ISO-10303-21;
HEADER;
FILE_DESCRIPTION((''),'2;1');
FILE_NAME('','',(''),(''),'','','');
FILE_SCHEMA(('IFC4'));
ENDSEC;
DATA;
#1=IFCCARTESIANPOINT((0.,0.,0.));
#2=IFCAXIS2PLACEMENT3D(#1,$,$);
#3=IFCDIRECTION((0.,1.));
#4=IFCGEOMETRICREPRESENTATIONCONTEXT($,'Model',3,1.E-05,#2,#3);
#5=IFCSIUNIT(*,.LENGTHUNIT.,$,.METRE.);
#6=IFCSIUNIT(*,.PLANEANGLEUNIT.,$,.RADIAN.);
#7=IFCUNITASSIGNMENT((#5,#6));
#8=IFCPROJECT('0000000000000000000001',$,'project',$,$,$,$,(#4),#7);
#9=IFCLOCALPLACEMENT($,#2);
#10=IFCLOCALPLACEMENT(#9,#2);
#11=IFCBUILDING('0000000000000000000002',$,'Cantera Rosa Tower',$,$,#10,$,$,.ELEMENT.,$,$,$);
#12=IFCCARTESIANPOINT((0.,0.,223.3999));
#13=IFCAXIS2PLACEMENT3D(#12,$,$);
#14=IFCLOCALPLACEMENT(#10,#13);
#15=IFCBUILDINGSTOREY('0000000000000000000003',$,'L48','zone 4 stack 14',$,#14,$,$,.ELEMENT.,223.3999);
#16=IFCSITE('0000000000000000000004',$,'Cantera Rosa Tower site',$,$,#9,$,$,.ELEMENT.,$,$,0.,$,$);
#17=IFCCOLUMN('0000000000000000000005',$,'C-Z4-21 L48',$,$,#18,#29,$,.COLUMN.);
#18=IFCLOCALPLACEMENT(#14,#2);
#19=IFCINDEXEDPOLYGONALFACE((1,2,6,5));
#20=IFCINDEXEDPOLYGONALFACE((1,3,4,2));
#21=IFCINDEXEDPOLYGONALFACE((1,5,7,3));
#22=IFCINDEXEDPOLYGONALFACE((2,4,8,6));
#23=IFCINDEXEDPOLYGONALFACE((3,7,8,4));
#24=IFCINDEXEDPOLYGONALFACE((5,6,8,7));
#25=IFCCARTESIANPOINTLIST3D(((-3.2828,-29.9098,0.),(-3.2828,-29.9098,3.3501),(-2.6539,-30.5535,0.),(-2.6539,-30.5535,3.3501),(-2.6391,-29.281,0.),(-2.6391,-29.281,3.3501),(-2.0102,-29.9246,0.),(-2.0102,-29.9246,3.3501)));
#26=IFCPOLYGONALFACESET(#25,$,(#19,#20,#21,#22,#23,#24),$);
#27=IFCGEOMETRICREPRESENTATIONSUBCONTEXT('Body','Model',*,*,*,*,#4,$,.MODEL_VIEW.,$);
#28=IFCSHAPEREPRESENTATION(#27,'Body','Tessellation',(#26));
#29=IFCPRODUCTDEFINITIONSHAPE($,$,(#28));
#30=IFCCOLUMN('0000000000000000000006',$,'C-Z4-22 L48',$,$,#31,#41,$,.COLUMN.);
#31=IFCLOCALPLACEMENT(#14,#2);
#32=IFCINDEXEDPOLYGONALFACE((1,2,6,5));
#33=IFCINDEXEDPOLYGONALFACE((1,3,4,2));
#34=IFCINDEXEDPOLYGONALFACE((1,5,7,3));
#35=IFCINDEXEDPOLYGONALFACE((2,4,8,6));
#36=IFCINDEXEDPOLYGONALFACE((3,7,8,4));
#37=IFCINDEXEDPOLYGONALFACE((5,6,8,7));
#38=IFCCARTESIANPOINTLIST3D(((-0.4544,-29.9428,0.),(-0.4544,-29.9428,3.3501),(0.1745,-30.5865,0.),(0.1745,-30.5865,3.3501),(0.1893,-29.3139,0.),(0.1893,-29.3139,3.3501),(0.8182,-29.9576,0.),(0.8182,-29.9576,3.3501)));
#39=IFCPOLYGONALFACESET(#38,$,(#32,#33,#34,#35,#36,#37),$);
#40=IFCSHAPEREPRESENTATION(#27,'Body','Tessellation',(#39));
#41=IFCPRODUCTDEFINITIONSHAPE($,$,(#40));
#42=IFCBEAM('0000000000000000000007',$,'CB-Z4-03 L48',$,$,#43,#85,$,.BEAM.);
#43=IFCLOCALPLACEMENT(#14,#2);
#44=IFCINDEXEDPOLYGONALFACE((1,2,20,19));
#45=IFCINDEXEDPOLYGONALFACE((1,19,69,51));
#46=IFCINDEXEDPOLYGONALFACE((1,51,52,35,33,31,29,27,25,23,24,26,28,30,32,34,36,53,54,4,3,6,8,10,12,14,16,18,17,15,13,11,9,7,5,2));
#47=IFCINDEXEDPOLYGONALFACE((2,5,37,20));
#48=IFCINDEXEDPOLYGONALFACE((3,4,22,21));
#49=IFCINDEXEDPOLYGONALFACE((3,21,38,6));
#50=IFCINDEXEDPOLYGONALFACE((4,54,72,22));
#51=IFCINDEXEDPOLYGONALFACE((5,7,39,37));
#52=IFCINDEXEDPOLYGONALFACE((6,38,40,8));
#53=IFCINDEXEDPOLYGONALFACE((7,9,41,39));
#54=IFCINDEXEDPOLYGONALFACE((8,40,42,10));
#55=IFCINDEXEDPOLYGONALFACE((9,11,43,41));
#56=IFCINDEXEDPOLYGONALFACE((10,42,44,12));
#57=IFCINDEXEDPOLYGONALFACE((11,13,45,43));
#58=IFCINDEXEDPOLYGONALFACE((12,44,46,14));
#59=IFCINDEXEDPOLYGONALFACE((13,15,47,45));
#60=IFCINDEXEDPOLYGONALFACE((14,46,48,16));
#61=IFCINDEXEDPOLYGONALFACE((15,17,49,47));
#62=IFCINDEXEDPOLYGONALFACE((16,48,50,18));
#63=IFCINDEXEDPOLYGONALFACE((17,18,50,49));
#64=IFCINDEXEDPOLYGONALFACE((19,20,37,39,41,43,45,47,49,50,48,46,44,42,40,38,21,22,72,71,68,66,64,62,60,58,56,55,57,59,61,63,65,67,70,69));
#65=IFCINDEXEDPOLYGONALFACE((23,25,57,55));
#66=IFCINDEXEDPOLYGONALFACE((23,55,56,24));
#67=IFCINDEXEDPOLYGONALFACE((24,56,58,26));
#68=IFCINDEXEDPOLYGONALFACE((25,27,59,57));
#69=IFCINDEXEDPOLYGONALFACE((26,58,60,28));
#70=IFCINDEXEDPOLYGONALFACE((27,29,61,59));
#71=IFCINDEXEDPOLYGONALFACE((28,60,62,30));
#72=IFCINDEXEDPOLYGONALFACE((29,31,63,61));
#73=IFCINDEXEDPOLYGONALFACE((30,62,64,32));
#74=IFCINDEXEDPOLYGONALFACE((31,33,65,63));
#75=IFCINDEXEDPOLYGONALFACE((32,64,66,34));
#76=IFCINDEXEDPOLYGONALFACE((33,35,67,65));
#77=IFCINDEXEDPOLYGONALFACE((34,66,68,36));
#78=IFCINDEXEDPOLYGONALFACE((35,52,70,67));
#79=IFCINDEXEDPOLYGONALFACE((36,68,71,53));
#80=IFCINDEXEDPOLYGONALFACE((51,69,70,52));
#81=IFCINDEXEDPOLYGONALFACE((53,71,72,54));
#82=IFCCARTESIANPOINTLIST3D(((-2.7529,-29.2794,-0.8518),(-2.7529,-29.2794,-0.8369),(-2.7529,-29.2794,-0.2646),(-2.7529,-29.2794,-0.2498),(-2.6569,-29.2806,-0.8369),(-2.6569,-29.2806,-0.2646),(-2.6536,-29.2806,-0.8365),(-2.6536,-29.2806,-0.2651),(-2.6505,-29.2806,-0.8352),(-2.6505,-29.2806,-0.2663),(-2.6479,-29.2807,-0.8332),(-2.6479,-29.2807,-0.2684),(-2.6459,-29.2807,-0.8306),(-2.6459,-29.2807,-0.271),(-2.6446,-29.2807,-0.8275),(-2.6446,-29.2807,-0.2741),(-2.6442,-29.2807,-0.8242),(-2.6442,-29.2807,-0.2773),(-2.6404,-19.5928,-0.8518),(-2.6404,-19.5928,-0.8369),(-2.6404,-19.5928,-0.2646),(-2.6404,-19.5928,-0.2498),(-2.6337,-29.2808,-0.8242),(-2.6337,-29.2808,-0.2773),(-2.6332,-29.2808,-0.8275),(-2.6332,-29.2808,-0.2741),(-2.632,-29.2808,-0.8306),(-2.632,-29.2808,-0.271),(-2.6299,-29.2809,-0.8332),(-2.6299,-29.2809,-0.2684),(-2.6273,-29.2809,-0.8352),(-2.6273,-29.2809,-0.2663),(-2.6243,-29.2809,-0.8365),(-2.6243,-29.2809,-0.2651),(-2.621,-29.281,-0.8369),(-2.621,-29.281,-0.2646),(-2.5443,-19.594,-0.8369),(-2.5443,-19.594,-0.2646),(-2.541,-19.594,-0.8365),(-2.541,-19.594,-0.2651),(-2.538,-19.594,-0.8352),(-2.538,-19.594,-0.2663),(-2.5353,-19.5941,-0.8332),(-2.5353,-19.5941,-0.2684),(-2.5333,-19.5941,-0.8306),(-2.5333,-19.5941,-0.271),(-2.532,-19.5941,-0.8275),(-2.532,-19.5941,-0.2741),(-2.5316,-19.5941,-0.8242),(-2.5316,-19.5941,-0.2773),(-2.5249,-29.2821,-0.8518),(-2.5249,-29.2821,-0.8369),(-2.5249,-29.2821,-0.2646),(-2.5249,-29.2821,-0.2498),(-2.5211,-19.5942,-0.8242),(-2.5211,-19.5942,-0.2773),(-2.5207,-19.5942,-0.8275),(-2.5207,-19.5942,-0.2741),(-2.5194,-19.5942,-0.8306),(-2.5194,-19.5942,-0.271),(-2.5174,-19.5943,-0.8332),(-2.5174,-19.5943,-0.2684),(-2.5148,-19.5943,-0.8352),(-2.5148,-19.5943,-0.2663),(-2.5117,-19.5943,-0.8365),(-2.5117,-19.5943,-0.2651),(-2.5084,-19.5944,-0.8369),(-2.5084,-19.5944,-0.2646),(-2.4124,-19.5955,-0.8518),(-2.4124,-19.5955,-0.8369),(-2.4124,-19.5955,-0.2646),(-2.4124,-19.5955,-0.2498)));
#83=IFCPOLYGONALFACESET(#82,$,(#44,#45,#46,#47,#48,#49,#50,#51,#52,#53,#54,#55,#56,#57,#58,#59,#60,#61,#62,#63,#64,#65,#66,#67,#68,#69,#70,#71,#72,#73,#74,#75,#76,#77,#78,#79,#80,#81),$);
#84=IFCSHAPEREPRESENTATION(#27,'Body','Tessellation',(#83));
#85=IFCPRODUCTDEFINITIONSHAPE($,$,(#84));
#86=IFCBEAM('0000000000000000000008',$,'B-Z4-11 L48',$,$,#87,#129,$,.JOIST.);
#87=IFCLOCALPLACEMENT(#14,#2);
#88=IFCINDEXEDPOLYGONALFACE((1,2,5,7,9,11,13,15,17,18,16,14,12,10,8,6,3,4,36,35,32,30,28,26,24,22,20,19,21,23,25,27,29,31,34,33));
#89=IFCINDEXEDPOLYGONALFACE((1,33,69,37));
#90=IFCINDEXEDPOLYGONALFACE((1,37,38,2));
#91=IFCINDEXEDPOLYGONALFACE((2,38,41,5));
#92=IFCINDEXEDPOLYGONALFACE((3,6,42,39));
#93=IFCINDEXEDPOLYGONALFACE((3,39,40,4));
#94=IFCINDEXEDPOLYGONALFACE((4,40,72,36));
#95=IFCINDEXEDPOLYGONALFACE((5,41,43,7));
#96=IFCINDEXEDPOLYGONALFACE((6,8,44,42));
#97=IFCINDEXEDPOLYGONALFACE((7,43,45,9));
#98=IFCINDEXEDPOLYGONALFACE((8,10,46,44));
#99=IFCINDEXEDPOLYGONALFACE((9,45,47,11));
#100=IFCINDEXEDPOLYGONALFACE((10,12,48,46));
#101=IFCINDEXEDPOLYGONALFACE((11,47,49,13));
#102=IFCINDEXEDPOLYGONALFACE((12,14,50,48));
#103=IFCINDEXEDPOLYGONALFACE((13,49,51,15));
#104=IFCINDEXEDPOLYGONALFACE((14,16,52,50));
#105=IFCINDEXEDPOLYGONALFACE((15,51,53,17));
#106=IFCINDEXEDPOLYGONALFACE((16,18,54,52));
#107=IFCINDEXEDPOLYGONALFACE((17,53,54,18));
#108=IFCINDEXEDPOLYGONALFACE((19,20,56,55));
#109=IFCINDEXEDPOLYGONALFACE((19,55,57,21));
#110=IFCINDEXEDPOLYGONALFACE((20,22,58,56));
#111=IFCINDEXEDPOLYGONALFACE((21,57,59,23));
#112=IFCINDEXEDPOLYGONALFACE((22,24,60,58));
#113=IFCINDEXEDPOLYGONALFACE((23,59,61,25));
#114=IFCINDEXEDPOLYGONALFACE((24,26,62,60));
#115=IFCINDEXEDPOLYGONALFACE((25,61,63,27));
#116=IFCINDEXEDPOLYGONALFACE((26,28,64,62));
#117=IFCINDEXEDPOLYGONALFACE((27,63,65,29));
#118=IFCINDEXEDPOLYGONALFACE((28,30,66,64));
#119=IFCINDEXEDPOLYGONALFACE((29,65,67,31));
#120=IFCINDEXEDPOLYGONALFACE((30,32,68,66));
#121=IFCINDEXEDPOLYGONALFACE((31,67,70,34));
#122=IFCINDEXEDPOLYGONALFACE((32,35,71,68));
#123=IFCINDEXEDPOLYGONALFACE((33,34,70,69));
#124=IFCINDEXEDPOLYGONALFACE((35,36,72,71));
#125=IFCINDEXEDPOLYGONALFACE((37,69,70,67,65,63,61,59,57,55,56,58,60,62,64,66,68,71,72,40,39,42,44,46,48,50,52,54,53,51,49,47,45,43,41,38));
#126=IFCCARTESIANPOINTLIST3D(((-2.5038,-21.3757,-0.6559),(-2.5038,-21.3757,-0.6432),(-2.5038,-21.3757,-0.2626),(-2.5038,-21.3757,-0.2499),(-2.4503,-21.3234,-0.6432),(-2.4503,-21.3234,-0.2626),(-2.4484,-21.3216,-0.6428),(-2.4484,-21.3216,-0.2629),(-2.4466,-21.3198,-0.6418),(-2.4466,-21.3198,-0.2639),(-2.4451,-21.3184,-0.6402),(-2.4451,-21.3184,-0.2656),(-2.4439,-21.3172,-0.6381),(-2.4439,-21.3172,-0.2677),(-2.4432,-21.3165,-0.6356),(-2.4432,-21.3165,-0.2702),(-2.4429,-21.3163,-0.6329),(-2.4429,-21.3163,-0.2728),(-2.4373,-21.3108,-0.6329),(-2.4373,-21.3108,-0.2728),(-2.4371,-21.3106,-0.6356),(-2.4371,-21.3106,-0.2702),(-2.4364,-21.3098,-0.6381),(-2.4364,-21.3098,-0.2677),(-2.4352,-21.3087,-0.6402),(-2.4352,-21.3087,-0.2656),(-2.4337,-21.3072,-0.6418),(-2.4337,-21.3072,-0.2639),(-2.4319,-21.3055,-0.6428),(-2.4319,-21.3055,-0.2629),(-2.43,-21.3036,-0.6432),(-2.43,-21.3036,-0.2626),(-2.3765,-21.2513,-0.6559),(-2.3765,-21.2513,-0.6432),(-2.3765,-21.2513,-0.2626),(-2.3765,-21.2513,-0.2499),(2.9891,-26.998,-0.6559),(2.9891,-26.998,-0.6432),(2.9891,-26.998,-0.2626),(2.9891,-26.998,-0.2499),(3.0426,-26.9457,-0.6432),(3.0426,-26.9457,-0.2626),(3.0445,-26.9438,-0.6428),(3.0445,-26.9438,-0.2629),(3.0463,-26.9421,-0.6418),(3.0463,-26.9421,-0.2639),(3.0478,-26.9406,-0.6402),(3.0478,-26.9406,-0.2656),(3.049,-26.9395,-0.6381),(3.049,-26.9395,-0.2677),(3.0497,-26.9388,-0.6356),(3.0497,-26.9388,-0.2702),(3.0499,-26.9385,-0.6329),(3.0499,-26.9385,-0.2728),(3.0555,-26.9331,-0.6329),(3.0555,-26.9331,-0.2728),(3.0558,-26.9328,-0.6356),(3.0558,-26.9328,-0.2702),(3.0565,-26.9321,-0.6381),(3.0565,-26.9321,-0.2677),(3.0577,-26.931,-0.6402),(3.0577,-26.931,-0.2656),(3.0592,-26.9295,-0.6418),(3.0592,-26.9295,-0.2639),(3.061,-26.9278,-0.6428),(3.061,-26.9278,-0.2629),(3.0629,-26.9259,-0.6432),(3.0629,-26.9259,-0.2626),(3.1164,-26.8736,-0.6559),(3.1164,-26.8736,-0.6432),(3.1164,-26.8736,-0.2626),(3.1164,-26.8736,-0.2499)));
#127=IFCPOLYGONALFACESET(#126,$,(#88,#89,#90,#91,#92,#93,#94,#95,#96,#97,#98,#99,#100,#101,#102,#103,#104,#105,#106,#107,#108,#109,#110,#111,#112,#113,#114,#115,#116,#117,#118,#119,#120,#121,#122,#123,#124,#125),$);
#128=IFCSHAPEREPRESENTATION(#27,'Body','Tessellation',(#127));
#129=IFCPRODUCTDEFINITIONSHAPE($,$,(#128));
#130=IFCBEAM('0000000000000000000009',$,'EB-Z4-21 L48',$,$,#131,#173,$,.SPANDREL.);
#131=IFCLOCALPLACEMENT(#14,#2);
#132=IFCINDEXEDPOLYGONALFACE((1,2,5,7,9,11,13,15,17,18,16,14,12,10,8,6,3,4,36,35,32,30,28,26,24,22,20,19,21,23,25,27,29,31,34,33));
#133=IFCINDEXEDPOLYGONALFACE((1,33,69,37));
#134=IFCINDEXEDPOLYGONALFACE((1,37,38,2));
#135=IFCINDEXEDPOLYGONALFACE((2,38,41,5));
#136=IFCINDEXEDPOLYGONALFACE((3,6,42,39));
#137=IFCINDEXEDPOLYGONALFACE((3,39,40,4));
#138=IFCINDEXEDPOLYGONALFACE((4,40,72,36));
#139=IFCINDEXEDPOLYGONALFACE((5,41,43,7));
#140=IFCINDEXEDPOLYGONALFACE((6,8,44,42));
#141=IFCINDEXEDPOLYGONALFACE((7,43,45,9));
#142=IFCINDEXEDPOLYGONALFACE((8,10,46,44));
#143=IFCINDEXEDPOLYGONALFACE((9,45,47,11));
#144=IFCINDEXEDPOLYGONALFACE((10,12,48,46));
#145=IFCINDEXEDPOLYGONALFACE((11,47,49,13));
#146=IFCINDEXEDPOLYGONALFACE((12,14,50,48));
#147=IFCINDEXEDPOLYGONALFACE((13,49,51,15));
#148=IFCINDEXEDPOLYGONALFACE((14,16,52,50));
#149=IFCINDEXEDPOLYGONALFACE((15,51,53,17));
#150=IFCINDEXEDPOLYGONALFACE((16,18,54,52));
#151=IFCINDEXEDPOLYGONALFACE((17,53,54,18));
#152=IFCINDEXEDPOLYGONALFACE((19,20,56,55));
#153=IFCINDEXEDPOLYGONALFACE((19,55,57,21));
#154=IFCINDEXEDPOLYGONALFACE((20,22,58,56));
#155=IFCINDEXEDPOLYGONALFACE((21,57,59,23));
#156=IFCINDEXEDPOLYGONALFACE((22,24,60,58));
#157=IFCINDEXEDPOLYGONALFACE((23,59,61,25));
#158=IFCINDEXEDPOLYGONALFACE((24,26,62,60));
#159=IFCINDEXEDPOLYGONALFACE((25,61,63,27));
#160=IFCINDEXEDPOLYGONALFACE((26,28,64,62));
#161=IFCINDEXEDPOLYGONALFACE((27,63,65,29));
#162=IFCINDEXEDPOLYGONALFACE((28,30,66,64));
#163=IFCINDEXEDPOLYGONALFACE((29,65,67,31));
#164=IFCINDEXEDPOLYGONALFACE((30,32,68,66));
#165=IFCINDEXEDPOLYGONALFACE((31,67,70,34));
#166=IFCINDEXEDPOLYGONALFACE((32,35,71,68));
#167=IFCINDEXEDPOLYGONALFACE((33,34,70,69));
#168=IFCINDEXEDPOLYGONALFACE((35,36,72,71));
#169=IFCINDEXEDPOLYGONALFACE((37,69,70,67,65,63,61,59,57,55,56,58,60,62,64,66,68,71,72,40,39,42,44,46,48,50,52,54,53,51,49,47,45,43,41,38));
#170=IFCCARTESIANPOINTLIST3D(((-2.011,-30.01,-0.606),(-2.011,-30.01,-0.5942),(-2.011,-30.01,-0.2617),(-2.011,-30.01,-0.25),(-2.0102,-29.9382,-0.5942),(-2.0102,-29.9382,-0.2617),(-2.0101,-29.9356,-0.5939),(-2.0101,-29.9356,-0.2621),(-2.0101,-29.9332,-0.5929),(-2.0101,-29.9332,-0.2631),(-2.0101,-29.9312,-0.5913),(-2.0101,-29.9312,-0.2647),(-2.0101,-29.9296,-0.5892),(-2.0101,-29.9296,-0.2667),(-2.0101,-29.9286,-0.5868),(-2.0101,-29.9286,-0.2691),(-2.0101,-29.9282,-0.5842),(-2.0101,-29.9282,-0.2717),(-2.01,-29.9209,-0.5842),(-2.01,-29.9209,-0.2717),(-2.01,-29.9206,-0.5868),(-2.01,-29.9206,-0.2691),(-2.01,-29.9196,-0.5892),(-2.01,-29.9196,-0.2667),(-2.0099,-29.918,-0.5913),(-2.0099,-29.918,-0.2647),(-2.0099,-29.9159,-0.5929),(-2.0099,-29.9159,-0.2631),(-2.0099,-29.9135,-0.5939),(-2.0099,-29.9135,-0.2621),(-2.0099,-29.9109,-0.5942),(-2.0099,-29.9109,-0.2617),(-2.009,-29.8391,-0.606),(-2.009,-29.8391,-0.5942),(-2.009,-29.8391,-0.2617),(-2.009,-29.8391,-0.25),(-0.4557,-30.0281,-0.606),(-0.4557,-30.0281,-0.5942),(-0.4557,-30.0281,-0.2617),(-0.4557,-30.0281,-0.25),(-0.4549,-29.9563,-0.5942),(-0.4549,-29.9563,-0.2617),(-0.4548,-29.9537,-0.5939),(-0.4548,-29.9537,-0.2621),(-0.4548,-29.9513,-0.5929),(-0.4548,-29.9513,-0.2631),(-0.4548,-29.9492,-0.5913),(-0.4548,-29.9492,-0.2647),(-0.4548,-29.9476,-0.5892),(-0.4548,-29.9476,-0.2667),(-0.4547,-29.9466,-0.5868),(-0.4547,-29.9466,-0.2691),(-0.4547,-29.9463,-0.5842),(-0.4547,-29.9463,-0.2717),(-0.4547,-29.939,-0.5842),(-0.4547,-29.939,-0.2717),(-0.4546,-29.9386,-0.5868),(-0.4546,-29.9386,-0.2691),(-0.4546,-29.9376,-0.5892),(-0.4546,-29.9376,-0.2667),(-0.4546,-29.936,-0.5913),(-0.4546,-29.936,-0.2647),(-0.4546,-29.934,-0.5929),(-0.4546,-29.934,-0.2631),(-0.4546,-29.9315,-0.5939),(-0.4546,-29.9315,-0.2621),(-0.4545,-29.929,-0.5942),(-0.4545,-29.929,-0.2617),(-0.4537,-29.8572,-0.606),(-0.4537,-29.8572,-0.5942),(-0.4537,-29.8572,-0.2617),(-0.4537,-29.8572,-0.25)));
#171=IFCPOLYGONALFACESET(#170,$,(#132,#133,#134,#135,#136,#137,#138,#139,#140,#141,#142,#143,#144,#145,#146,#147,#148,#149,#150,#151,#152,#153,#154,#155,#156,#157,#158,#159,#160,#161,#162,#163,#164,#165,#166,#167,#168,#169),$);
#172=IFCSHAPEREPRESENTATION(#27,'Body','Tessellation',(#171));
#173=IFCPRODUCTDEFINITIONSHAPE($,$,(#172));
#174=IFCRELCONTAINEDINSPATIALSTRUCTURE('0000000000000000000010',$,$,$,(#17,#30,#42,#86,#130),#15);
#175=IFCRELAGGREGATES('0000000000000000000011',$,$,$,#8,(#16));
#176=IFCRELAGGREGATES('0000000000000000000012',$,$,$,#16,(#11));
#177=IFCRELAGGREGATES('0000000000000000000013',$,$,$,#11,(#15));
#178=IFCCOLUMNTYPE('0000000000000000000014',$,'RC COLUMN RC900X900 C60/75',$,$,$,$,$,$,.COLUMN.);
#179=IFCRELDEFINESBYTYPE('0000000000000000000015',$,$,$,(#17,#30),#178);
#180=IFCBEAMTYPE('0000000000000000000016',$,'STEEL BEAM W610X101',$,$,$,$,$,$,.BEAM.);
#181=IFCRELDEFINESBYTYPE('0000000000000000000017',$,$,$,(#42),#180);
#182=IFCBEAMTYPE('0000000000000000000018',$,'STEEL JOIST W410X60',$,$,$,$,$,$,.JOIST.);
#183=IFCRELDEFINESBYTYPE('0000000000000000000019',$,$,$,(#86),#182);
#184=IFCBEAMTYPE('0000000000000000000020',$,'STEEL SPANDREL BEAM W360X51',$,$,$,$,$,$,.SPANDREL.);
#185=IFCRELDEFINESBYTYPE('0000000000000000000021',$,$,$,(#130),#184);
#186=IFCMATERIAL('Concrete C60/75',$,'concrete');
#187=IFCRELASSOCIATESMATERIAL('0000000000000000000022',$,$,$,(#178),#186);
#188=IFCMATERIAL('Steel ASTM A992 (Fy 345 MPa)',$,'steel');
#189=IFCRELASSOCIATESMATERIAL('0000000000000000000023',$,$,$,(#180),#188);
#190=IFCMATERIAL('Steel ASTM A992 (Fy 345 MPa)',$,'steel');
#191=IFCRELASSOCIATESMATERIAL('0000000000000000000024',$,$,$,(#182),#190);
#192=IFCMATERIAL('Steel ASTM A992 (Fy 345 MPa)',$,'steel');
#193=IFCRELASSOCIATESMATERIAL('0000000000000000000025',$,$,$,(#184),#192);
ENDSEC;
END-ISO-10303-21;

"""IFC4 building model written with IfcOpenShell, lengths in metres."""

from ifc_helpers import new_model, si_unit, direction, frame, origin, origin_2d, place, context, subcontext, project, spatial, rectangle, i_section, extrude, material, material_profile, profile_set, type_object, element, save


model = new_model("IFC4")

# Units and contexts
model_context = context("Model", 3, precision=1e-05, world=origin(), true_north=direction((0.0, 1.0)))
body_context = subcontext(model_context, "Body", "Model", "MODEL_VIEW")
ifc_project = project(units=[si_unit("LENGTHUNIT", "METRE"), si_unit("PLANEANGLEUNIT", "RADIAN")], contexts=[model_context])

# Site, building, storey
site_placement = place(None, origin())
site = spatial("IfcSite", under=ifc_project, at=site_placement, Name="Cantera Rosa Tower site", CompositionType="ELEMENT", RefElevation=0.0)
building_placement = place(site_placement, origin())
building = spatial("IfcBuilding", under=site, at=building_placement, Name="Cantera Rosa Tower", CompositionType="ELEMENT")
storey_placement = place(building_placement, frame((0.0, 0.0, 223.3999)))
storey = spatial("IfcBuildingStorey", under=building, at=storey_placement, Name="L48", Description="zone 4 stack 14", CompositionType="ELEMENT", Elevation=223.3999)

# Columns
ifc_material_1 = material(Name="Concrete C60/75", Category="concrete")
ifc_material_profile_1 = material_profile(ifc_material_1, rectangle(XDim=0.8999, YDim=0.8999, at=origin_2d()), Name="RC COLUMN RC900X900 C60/75")
ifc_profile_set_1 = profile_set([ifc_material_profile_1], Name="Concrete C60/75")
column_type = type_object("IfcColumnType", Name="RC COLUMN RC900X900 C60/75", PredefinedType="COLUMN", material=ifc_profile_set_1)
for number, where, z_axis, x_axis, name in (
    (1, (-2.6465, -29.9172, 0.0), (0.0, 0.0, 1.0), (0.715286, 0.698832, 0.0), "C-Z4-21 L48"),
    (2, (0.1819, -29.9502, 0.0), (0.0, 0.0, 1.0), (0.715286, 0.698832, 0.0), "C-Z4-22 L48"),
):
    element("IfcColumn", number, at=place(storey_placement, frame(where, z_axis=z_axis, x_axis=x_axis)), inside=storey, type_object=column_type, Name=name, PredefinedType="COLUMN", context=body_context, shape_type="SweptSolid", body=[
        extrude(rectangle(XDim=0.8999, YDim=0.8999, at=origin_2d()), origin(), (0.0, 0.0, 1.0), 3.3501),
    ])

# Beams
ifc_material_2 = material(Name="Steel ASTM A992 (Fy 345 MPa)", Category="steel")
ifc_material_profile_2 = material_profile(ifc_material_2, i_section(OverallWidth=0.228, OverallDepth=0.6021, WebThickness=0.0105, FlangeThickness=0.0149, FilletRadius=0.0127, at=origin_2d()), Name="W610X101")
ifc_profile_set_2 = profile_set([ifc_material_profile_2], Name="Steel ASTM A992 (Fy 345 MPa)")
beam_type_1 = type_object("IfcBeamType", Name="STEEL BEAM W610X101", PredefinedType="BEAM", material=ifc_profile_set_2)
beam_1_placement = place(storey_placement, frame((-2.6389, -29.2808, -0.5508), z_axis=(0.011618, 0.999933, 0.0), x_axis=(-0.999933, 0.011618, 0.0)))
element("IfcBeam", 3, at=beam_1_placement, inside=storey, type_object=beam_type_1, Name="CB-Z4-03 L48", PredefinedType="BEAM", context=body_context, shape_type="SweptSolid", body=[
    extrude(i_section(OverallWidth=0.228, OverallDepth=0.6021, WebThickness=0.0105, FlangeThickness=0.0149, FilletRadius=0.0127, at=origin_2d()), origin(), (0.0, 0.0, 1.0), 9.6873),
])
ifc_material_3 = material(Name="Steel ASTM A992 (Fy 345 MPa)", Category="steel")
ifc_material_profile_3 = material_profile(ifc_material_3, i_section(OverallWidth=0.178, OverallDepth=0.406, WebThickness=0.0078, FlangeThickness=0.0127, FilletRadius=0.0103, at=origin_2d()), Name="W410X60")
ifc_profile_set_3 = profile_set([ifc_material_profile_3], Name="Steel ASTM A992 (Fy 345 MPa)")
beam_type_2 = type_object("IfcBeamType", Name="STEEL JOIST W410X60", PredefinedType="JOIST", material=ifc_profile_set_3)
beam_2_placement = place(storey_placement, frame((3.0527, -26.9358, -0.4529), z_axis=(-0.698828, 0.71529, 0.0), x_axis=(-0.71529, -0.698828, 0.0)))
element("IfcBeam", 4, at=beam_2_placement, inside=storey, type_object=beam_type_2, Name="B-Z4-11 L48", PredefinedType="JOIST", context=body_context, shape_type="SweptSolid", body=[
    extrude(i_section(OverallWidth=0.178, OverallDepth=0.406, WebThickness=0.0078, FlangeThickness=0.0127, FilletRadius=0.0103, at=origin_2d()), origin(), (0.0, 0.0, 1.0), 7.8601),
])
ifc_material_4 = material(Name="Steel ASTM A992 (Fy 345 MPa)", Category="steel")
ifc_material_profile_4 = material_profile(ifc_material_4, i_section(OverallWidth=0.1709, OverallDepth=0.356, WebThickness=0.0073, FlangeThickness=0.0117, FilletRadius=0.01, at=origin_2d()), Name="W360X51")
ifc_profile_set_4 = profile_set([ifc_material_profile_4], Name="Steel ASTM A992 (Fy 345 MPa)")
beam_type_3 = type_object("IfcBeamType", Name="STEEL SPANDREL BEAM W360X51", PredefinedType="SPANDREL", material=ifc_profile_set_4)
beam_3_placement = place(storey_placement, frame((-2.01, -29.9246, -0.428), z_axis=(0.999933, -0.011614, 0.0), x_axis=(0.011614, 0.999933, 0.0)))
element("IfcBeam", 5, at=beam_3_placement, inside=storey, type_object=beam_type_3, Name="EB-Z4-21 L48", PredefinedType="SPANDREL", context=body_context, shape_type="SweptSolid", body=[
    extrude(i_section(OverallWidth=0.1709, OverallDepth=0.356, WebThickness=0.0073, FlangeThickness=0.0117, FilletRadius=0.01, at=origin_2d()), origin(), (0.0, 0.0, 1.0), 1.5554),
])

save(model, "model.ifc")
